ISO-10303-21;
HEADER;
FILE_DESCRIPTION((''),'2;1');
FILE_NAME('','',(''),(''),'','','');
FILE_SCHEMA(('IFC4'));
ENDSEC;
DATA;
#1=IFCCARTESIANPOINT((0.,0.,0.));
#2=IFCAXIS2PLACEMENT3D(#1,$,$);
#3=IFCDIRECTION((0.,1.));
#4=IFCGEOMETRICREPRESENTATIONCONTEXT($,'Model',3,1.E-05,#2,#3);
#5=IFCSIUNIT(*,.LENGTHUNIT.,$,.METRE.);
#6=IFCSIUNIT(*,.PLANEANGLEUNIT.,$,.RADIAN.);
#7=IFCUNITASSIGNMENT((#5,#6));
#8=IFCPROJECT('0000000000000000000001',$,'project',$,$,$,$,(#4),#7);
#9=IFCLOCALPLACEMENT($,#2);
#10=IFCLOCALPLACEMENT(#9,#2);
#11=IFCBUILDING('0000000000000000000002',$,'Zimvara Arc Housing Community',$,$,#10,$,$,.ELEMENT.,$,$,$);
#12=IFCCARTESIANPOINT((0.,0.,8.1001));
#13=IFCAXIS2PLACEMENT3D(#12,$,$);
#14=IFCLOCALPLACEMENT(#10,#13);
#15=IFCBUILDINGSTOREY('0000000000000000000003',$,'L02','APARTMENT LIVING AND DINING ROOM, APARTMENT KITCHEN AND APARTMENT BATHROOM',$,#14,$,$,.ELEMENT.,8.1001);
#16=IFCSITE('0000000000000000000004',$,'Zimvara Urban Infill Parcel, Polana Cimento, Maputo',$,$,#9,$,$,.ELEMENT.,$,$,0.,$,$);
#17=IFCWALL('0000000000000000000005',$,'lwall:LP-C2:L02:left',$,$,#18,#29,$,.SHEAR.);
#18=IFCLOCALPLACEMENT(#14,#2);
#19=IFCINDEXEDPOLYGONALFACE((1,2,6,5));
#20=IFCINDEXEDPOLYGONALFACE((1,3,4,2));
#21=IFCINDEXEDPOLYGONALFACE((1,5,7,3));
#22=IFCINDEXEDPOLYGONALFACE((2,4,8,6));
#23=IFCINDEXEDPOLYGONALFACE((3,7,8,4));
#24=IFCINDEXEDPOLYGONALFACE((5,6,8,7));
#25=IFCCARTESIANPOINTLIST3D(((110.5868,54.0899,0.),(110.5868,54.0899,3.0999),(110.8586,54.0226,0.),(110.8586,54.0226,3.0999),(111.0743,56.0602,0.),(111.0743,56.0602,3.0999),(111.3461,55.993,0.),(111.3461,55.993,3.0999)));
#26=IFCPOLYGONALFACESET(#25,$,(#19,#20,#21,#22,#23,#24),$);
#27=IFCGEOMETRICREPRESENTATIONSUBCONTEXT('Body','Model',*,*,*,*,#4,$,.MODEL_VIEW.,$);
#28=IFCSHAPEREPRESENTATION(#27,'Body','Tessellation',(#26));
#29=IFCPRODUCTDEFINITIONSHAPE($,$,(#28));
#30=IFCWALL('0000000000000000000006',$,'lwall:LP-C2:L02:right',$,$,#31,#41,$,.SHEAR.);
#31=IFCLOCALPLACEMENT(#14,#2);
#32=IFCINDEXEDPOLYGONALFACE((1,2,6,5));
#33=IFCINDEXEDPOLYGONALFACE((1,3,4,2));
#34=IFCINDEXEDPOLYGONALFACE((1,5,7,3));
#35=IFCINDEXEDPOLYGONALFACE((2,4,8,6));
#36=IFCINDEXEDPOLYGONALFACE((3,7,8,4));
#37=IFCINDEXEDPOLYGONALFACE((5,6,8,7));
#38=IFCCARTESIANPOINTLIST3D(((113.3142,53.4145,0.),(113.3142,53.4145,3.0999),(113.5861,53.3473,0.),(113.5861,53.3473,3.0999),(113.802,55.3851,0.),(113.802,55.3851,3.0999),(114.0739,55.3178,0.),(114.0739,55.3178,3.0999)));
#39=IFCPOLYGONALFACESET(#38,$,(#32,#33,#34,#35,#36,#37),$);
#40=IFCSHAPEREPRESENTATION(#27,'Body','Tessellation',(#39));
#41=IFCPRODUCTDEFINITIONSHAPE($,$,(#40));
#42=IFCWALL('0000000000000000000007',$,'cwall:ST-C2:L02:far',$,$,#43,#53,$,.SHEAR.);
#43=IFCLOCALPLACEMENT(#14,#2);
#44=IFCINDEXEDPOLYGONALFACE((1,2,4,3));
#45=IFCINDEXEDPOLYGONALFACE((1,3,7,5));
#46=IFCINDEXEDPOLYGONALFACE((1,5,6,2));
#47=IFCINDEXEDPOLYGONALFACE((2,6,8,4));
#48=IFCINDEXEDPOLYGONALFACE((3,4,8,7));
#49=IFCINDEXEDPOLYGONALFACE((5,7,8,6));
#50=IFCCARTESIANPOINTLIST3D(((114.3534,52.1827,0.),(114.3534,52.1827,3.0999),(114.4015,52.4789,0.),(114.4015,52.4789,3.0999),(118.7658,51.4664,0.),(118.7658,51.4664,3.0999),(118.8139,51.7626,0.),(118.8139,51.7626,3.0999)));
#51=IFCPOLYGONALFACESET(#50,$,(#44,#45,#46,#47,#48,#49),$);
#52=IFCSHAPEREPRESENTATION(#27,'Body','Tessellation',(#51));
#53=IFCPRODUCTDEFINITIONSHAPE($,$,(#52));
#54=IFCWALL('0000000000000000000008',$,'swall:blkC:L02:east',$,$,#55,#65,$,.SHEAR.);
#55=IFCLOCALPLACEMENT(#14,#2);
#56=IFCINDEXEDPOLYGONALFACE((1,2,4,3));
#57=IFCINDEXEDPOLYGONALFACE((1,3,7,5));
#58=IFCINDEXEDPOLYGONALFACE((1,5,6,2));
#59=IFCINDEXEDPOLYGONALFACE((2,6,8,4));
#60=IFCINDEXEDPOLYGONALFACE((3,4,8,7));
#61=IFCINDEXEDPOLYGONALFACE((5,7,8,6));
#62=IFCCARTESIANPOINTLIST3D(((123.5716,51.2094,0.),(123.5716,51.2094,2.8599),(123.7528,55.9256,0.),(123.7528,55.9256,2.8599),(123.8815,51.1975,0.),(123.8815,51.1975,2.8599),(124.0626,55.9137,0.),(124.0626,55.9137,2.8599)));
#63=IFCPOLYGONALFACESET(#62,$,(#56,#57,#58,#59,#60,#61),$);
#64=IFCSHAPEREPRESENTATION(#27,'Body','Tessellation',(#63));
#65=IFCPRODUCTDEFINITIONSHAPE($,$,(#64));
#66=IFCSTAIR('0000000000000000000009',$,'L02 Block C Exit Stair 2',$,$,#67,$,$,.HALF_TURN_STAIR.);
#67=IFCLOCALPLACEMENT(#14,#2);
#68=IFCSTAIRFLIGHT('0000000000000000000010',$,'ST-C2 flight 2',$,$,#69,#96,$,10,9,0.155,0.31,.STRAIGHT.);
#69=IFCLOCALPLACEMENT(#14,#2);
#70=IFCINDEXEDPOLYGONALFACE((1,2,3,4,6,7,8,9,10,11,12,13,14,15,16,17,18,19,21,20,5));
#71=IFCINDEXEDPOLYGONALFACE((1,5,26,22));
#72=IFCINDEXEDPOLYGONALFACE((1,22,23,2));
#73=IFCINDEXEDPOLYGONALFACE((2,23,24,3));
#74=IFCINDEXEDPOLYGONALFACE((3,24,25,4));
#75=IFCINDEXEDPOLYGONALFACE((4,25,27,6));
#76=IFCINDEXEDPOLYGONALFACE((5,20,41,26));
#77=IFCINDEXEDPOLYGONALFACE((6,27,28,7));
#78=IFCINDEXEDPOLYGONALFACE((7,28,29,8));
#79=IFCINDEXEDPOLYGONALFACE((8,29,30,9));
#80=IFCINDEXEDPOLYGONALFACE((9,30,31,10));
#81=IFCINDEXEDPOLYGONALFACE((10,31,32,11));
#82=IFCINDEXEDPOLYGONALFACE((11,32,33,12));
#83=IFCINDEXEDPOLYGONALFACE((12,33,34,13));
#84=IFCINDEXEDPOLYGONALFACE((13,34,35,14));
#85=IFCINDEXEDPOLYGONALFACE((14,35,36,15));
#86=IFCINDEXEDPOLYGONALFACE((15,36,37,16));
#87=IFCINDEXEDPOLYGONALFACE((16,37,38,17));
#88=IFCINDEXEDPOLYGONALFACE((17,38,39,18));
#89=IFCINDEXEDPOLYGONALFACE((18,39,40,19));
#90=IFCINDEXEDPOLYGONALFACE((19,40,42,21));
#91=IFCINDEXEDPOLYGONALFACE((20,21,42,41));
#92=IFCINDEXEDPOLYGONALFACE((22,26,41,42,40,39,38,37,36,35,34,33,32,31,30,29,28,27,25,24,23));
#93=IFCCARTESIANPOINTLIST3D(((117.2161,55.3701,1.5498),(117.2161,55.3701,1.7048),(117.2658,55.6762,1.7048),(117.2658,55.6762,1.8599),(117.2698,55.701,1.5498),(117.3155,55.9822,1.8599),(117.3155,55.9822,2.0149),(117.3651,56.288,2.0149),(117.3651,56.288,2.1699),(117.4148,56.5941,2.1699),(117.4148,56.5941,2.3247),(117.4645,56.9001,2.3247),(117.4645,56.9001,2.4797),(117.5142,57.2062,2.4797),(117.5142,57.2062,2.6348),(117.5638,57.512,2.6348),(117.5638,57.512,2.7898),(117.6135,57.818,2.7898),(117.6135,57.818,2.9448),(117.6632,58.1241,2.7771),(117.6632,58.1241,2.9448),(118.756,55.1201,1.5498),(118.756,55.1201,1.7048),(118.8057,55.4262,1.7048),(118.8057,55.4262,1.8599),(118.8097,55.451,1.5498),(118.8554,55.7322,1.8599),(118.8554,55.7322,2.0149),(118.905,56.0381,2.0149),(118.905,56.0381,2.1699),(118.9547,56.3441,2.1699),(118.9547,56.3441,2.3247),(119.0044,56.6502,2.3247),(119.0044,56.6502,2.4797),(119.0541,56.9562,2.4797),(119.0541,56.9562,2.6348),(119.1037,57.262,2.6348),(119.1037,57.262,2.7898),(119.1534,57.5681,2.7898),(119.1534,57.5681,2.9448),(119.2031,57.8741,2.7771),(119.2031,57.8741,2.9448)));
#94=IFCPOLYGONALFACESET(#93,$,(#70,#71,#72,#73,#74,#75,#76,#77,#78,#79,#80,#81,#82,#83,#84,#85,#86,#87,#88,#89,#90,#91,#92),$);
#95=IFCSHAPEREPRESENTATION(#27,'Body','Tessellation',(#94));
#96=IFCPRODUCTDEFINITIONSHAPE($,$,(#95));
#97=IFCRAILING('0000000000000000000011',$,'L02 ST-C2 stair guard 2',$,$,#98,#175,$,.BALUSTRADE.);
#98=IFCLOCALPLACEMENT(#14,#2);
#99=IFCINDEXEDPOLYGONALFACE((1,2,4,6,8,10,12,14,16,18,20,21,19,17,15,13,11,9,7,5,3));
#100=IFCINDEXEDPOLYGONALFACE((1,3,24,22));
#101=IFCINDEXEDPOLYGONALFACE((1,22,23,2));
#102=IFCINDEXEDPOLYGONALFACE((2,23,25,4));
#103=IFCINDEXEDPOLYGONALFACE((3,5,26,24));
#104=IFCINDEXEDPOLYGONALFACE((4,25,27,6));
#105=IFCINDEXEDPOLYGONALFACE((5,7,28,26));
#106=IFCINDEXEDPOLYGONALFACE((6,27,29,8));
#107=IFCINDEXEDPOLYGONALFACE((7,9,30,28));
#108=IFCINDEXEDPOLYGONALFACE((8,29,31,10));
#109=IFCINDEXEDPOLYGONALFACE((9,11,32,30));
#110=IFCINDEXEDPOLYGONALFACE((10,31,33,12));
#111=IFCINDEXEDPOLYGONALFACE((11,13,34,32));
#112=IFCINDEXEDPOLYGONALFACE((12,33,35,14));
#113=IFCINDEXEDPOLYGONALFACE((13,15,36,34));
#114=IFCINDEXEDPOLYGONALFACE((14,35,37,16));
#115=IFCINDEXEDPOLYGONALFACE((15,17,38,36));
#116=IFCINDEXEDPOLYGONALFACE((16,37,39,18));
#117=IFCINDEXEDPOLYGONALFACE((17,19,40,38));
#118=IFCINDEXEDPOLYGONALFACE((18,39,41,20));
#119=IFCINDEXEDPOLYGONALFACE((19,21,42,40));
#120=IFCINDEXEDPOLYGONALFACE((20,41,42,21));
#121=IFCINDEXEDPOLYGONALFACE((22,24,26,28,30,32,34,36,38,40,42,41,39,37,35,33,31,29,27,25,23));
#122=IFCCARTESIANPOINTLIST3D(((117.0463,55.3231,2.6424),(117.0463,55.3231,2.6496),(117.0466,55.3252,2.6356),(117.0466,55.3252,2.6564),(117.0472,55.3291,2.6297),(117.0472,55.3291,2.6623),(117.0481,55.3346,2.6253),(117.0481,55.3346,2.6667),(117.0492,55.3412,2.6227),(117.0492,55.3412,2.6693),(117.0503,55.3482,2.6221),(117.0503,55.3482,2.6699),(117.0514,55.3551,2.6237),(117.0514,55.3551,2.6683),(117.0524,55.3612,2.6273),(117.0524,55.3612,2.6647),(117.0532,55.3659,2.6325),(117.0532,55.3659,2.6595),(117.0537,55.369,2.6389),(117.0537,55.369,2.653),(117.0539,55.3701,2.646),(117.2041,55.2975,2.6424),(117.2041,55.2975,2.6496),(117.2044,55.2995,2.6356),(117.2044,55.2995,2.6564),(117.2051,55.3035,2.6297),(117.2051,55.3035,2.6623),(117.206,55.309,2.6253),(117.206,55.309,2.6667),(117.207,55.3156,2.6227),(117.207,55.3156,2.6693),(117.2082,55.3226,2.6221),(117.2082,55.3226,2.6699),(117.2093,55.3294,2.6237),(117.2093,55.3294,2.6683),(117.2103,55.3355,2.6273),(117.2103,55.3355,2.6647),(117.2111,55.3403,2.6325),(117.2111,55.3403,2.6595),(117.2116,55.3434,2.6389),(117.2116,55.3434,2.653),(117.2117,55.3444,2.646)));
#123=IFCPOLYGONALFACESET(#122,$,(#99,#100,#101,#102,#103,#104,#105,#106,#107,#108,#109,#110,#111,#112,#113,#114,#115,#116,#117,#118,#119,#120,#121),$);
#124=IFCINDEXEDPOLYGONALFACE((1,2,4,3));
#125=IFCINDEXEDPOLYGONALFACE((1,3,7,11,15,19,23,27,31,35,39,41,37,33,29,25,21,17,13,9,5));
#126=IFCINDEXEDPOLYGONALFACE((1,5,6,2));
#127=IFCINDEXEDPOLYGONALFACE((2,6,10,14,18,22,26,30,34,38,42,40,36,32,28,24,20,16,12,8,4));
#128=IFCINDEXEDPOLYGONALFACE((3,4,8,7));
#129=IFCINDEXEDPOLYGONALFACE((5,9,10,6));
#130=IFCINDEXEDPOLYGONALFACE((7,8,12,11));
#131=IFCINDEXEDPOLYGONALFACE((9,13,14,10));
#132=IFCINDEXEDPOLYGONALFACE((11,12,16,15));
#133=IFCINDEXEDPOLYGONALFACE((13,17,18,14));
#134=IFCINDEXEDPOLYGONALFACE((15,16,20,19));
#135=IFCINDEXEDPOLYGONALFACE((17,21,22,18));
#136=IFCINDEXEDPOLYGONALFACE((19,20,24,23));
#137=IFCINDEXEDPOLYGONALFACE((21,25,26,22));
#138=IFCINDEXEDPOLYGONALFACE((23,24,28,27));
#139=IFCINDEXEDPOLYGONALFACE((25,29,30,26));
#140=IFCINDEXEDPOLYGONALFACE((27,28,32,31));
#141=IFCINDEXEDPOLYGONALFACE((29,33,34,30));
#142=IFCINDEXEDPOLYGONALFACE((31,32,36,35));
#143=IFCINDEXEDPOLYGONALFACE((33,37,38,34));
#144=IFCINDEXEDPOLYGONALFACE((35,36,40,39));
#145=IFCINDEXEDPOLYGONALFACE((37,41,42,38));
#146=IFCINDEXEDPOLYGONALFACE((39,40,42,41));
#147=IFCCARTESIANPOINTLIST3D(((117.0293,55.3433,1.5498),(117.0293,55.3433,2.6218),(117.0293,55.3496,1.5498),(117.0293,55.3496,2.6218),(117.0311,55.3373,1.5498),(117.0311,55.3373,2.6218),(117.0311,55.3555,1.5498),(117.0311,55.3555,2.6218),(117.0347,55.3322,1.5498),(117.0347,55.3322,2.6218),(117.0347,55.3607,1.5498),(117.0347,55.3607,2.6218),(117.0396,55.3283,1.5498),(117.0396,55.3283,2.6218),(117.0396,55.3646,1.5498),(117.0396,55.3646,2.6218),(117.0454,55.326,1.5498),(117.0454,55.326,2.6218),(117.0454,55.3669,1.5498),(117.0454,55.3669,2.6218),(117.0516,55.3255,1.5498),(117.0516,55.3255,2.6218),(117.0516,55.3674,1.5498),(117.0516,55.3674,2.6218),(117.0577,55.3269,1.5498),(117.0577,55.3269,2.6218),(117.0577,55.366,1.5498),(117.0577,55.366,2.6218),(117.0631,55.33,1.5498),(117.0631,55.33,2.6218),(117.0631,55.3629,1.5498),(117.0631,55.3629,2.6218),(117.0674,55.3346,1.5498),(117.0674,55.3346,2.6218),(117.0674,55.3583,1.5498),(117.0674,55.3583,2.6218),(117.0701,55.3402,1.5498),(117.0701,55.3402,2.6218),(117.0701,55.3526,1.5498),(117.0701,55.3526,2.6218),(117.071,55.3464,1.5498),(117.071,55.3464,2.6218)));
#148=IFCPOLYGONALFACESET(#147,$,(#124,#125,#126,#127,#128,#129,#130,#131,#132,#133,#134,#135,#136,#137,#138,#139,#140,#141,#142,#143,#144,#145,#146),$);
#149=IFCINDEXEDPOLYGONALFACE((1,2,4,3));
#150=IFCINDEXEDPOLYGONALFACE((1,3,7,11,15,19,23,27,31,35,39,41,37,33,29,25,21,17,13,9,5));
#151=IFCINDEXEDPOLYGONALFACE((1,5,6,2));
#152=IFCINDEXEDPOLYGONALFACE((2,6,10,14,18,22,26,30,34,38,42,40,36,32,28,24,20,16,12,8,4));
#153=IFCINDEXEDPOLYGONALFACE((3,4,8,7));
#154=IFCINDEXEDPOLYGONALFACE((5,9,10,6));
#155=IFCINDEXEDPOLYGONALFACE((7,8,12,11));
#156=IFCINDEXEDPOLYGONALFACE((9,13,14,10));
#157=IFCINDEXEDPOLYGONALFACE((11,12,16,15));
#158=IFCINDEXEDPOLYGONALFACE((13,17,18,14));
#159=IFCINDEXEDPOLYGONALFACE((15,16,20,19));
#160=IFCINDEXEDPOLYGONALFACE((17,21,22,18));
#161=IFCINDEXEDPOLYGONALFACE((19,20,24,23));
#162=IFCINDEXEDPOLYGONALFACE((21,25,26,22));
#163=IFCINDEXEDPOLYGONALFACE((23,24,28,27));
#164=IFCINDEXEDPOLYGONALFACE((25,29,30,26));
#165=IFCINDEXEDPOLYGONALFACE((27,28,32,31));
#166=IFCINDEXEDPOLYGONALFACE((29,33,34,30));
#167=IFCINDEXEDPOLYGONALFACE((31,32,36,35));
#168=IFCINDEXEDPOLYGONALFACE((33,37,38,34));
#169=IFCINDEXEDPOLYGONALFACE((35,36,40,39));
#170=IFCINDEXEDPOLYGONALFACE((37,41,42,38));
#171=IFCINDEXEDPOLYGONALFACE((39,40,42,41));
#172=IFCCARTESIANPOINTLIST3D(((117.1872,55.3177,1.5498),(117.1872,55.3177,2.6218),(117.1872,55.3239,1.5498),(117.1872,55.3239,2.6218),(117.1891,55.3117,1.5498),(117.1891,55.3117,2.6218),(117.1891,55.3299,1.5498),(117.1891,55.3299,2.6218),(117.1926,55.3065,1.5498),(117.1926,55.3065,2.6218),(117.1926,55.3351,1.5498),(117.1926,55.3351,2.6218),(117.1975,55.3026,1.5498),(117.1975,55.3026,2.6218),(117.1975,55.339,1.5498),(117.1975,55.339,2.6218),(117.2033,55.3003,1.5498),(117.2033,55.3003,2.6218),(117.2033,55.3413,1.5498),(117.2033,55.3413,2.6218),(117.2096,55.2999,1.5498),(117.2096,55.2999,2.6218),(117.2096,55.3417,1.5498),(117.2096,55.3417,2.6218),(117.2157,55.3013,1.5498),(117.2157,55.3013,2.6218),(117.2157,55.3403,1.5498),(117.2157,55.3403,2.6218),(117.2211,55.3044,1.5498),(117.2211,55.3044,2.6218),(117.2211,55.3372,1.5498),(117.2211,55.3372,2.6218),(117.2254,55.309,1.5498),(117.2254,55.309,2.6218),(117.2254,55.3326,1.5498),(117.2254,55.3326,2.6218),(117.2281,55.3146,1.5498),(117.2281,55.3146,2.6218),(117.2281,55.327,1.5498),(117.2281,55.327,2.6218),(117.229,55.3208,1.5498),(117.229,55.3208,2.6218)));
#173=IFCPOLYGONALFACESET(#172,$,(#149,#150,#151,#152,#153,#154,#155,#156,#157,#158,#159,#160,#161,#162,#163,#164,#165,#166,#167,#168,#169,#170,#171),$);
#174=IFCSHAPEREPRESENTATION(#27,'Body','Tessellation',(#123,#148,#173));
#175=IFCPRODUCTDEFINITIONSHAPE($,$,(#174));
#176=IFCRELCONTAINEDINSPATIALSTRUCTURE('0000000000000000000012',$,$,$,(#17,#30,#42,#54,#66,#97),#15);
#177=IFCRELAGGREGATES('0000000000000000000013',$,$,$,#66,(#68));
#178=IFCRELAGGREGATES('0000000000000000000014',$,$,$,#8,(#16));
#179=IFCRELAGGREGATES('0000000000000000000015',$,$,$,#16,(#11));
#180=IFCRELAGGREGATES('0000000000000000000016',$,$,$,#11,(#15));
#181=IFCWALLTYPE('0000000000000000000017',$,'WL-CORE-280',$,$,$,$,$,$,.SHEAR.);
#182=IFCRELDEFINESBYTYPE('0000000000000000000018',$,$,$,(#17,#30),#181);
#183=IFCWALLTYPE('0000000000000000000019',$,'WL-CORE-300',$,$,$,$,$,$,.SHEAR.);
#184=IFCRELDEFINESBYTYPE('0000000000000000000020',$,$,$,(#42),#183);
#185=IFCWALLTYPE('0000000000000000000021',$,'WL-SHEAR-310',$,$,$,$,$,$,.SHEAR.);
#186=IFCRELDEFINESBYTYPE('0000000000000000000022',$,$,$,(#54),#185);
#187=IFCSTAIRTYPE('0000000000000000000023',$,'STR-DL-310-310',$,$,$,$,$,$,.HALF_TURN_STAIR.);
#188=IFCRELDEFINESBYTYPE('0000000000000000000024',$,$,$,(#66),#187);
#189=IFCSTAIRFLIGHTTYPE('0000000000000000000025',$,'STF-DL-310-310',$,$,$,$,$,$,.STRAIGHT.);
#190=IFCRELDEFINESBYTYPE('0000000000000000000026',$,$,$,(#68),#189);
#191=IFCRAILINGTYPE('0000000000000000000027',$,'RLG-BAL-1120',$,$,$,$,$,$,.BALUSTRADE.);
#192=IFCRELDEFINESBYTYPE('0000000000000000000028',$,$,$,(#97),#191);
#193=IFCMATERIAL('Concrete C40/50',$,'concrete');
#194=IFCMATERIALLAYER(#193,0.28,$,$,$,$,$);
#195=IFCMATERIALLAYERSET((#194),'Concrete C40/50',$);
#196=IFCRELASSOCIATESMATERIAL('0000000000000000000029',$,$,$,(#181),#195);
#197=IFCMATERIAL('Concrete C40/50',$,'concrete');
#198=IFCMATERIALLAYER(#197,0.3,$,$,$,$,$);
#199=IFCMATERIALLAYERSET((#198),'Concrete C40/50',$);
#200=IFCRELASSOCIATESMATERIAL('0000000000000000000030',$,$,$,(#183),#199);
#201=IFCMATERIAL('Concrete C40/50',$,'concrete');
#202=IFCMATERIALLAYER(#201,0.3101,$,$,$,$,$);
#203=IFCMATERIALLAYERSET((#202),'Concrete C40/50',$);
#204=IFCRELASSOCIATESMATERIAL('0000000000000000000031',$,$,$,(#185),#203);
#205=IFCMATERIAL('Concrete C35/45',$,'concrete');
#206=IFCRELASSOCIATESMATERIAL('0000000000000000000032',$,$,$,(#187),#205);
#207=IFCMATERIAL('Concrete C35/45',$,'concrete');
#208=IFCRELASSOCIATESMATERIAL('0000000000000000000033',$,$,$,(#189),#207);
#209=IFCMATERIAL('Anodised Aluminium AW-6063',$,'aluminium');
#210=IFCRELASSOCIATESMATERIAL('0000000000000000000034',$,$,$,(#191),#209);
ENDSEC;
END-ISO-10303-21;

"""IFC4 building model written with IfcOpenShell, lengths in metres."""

from ifc_helpers import new_model, si_unit, direction, frame, frame_2d, origin, origin_2d, place, context, subcontext, project, spatial, polyline, rectangle, circle, outline, extrude, material, layer, layer_set, type_object, element, aggregate, save


model = new_model("IFC4")

# Units and contexts
model_context = context("Model", 3, precision=1e-05, world=origin(), true_north=direction((0.0, 1.0)))
body_context = subcontext(model_context, "Body", "Model", "MODEL_VIEW")
ifc_project = project(units=[si_unit("LENGTHUNIT", "METRE"), si_unit("PLANEANGLEUNIT", "RADIAN")], contexts=[model_context])

# Site, building, storey
site_placement = place(None, origin())
site = spatial("IfcSite", under=ifc_project, at=site_placement, Name="Zimvara Urban Infill Parcel, Polana Cimento, Maputo", CompositionType="ELEMENT", RefElevation=0.0)
building_placement = place(site_placement, origin())
building = spatial("IfcBuilding", under=site, at=building_placement, Name="Zimvara Arc Housing Community", CompositionType="ELEMENT")
storey_placement = place(building_placement, frame((0.0, 0.0, 8.1001)))
storey = spatial("IfcBuildingStorey", under=building, at=storey_placement, Name="L02", Description="APARTMENT LIVING AND DINING ROOM, APARTMENT KITCHEN AND APARTMENT BATHROOM", CompositionType="ELEMENT", Elevation=8.1001)

# Shared definitions
ifc_material_1 = material(Name="Concrete C40/50", Category="concrete")
ifc_layer_1 = layer(ifc_material_1, 0.28)
ifc_layer_set_1 = layer_set([ifc_layer_1], Name="Concrete C40/50")
wall_type_1 = type_object("IfcWallType", Name="WL-CORE-280", PredefinedType="SHEAR", material=ifc_layer_set_1)

# Walls
wall_1_placement = place(storey_placement, frame((111.2102, 56.0266, 0.0), z_axis=(0.0, 0.0, 1.0), x_axis=(-0.240186, -0.970727, 0.0)))
element("IfcWall", 1, at=wall_1_placement, inside=storey, type_object=wall_type_1, Name="lwall:LP-C2:L02:left", PredefinedType="SHEAR", context=body_context, shape_type="SweptSolid", body=[
    extrude(rectangle(XDim=2.0298, YDim=0.28, at=frame_2d((1.0149, 0.0))), origin(), (0.0, 0.0, 1.0), 3.0999),
])
wall_2_placement = place(storey_placement, frame((113.938, 55.3516, 0.0), z_axis=(0.0, 0.0, 1.0), x_axis=(-0.240299, -0.970699, 0.0)))
element("IfcWall", 2, at=wall_2_placement, inside=storey, type_object=wall_type_1, Name="lwall:LP-C2:L02:right", PredefinedType="SHEAR", context=body_context, shape_type="SweptSolid", body=[
    extrude(rectangle(XDim=2.03, YDim=0.28, at=frame_2d((1.0151, 0.0))), origin(), (0.0, 0.0, 1.0), 3.0999),
])
ifc_material_2 = material(Name="Concrete C40/50", Category="concrete")
ifc_layer_2 = layer(ifc_material_2, 0.3)
ifc_layer_set_2 = layer_set([ifc_layer_2], Name="Concrete C40/50")
wall_type_2 = type_object("IfcWallType", Name="WL-CORE-300", PredefinedType="SHEAR", material=ifc_layer_set_2)
wall_3_placement = place(storey_placement, frame((114.3774, 52.3308, 0.0), z_axis=(0.0, 0.0, 1.0), x_axis=(0.987077, -0.160244, 0.0)))
element("IfcWall", 3, at=wall_3_placement, inside=storey, type_object=wall_type_2, Name="cwall:ST-C2:L02:far", PredefinedType="SHEAR", context=body_context, shape_type="SweptSolid", body=[
    extrude(rectangle(XDim=4.4702, YDim=0.3, at=frame_2d((2.2351, 0.0))), origin(), (0.0, 0.0, 1.0), 3.0999),
])
ifc_material_3 = material(Name="Concrete C40/50", Category="concrete")
ifc_layer_3 = layer(ifc_material_3, 0.3101)
ifc_layer_set_3 = layer_set([ifc_layer_3], Name="Concrete C40/50")
wall_type_3 = type_object("IfcWallType", Name="WL-SHEAR-310", PredefinedType="SHEAR", material=ifc_layer_set_3)
wall_4_placement = place(storey_placement, frame((123.9077, 55.9197, 0.0), z_axis=(0.0, 0.0, 1.0), x_axis=(-0.038381, -0.999263, 0.0)))
element("IfcWall", 4, at=wall_4_placement, inside=storey, type_object=wall_type_3, Name="swall:blkC:L02:east", PredefinedType="SHEAR", context=body_context, shape_type="SweptSolid", body=[
    extrude(rectangle(XDim=4.7197, YDim=0.3101, at=frame_2d((2.3599, 0.0))), origin(), (0.0, 0.0, 1.0), 2.8599),
])

# Stair, stair flight
ifc_material_4 = material(Name="Concrete C35/45", Category="concrete")
stair_type = type_object("IfcStairType", Name="STR-DL-310-310", PredefinedType="HALF_TURN_STAIR", material=ifc_material_4)
stair_placement = place(storey_placement, origin())
stair = element("IfcStair", 5, at=stair_placement, inside=storey, type_object=stair_type, Name="L02 Block C Exit Stair 2", PredefinedType="HALF_TURN_STAIR")
ifc_material_5 = material(Name="Concrete C35/45", Category="concrete")
stair_flight_type = type_object("IfcStairFlightType", Name="STF-DL-310-310", PredefinedType="STRAIGHT", material=ifc_material_5)
stair_flight_placement = place(storey_placement, frame((117.9861, 55.2451, 1.5498), z_axis=(0.0, 0.0, 1.0), x_axis=(0.160226, 0.98708, 0.0)))
stair_flight = element("IfcStairFlight", 6, at=stair_flight_placement, type_object=stair_flight_type, Name="ST-C2 flight 2", NumberOfRisers=10, NumberOfTreads=9, PredefinedType="STRAIGHT", RiserHeight=0.155, TreadLength=0.31, context=body_context, shape_type="SweptSolid", body=[
    extrude(outline(polyline([(0.0, 0.0), (0.0, 0.155), (0.3101, 0.155), (0.3101, 0.3101), (0.6201, 0.3101), (0.6201, 0.4651), (0.9299, 0.4651), (0.9299, 0.6201), (1.24, 0.6201), (1.24, 0.7749), (1.55, 0.7749), (1.55, 0.9299), (1.8601, 0.9299), (1.8601, 1.085), (2.1699, 1.085), (2.1699, 1.24), (2.48, 1.24), (2.48, 1.395), (2.79, 1.395), (2.79, 1.55), (2.79, 1.2273), (0.3352, 0.0), (0.0, 0.0)])), frame((0.0, 0.78, 0.0), z_axis=(0.0, -1.0, 0.0), x_axis=(1.0, 0.0, 0.0)), (0.0, 0.0, 1.0), 1.5601),
])
aggregate(stair, [stair_flight])

# Railing
ifc_material_6 = material(Name="Anodised Aluminium AW-6063", Category="aluminium")
railing_type_1 = type_object("IfcRailingType", Name="RLG-BAL-1120", PredefinedType="BALUSTRADE", material=ifc_material_6)
railing_1_placement = place(storey_placement, frame((117.05, 55.3464, 1.5498)))
element("IfcRailing", 7, at=railing_1_placement, inside=storey, type_object=railing_type_1, Name="L02 ST-C2 stair guard 2", PredefinedType="BALUSTRADE", context=body_context, shape_type="SweptSolid", body=[
    extrude(circle(Radius=0.0239, at=origin_2d()), frame((0.0, 0.0, 1.0962), z_axis=(0.987086, -0.160192, 0.0), x_axis=(0.160192, 0.987086, 0.0)), (0.0, 0.0, 1.0), 0.1599),
    extrude(circle(Radius=0.021, at=origin_2d()), origin(), (0.0, 0.0, 1.0), 1.072),
    extrude(circle(Radius=0.021, at=origin_2d()), frame((0.158, -0.0256, 0.0)), (0.0, 0.0, 1.0), 1.072),
])

save(model, "model.ifc")
